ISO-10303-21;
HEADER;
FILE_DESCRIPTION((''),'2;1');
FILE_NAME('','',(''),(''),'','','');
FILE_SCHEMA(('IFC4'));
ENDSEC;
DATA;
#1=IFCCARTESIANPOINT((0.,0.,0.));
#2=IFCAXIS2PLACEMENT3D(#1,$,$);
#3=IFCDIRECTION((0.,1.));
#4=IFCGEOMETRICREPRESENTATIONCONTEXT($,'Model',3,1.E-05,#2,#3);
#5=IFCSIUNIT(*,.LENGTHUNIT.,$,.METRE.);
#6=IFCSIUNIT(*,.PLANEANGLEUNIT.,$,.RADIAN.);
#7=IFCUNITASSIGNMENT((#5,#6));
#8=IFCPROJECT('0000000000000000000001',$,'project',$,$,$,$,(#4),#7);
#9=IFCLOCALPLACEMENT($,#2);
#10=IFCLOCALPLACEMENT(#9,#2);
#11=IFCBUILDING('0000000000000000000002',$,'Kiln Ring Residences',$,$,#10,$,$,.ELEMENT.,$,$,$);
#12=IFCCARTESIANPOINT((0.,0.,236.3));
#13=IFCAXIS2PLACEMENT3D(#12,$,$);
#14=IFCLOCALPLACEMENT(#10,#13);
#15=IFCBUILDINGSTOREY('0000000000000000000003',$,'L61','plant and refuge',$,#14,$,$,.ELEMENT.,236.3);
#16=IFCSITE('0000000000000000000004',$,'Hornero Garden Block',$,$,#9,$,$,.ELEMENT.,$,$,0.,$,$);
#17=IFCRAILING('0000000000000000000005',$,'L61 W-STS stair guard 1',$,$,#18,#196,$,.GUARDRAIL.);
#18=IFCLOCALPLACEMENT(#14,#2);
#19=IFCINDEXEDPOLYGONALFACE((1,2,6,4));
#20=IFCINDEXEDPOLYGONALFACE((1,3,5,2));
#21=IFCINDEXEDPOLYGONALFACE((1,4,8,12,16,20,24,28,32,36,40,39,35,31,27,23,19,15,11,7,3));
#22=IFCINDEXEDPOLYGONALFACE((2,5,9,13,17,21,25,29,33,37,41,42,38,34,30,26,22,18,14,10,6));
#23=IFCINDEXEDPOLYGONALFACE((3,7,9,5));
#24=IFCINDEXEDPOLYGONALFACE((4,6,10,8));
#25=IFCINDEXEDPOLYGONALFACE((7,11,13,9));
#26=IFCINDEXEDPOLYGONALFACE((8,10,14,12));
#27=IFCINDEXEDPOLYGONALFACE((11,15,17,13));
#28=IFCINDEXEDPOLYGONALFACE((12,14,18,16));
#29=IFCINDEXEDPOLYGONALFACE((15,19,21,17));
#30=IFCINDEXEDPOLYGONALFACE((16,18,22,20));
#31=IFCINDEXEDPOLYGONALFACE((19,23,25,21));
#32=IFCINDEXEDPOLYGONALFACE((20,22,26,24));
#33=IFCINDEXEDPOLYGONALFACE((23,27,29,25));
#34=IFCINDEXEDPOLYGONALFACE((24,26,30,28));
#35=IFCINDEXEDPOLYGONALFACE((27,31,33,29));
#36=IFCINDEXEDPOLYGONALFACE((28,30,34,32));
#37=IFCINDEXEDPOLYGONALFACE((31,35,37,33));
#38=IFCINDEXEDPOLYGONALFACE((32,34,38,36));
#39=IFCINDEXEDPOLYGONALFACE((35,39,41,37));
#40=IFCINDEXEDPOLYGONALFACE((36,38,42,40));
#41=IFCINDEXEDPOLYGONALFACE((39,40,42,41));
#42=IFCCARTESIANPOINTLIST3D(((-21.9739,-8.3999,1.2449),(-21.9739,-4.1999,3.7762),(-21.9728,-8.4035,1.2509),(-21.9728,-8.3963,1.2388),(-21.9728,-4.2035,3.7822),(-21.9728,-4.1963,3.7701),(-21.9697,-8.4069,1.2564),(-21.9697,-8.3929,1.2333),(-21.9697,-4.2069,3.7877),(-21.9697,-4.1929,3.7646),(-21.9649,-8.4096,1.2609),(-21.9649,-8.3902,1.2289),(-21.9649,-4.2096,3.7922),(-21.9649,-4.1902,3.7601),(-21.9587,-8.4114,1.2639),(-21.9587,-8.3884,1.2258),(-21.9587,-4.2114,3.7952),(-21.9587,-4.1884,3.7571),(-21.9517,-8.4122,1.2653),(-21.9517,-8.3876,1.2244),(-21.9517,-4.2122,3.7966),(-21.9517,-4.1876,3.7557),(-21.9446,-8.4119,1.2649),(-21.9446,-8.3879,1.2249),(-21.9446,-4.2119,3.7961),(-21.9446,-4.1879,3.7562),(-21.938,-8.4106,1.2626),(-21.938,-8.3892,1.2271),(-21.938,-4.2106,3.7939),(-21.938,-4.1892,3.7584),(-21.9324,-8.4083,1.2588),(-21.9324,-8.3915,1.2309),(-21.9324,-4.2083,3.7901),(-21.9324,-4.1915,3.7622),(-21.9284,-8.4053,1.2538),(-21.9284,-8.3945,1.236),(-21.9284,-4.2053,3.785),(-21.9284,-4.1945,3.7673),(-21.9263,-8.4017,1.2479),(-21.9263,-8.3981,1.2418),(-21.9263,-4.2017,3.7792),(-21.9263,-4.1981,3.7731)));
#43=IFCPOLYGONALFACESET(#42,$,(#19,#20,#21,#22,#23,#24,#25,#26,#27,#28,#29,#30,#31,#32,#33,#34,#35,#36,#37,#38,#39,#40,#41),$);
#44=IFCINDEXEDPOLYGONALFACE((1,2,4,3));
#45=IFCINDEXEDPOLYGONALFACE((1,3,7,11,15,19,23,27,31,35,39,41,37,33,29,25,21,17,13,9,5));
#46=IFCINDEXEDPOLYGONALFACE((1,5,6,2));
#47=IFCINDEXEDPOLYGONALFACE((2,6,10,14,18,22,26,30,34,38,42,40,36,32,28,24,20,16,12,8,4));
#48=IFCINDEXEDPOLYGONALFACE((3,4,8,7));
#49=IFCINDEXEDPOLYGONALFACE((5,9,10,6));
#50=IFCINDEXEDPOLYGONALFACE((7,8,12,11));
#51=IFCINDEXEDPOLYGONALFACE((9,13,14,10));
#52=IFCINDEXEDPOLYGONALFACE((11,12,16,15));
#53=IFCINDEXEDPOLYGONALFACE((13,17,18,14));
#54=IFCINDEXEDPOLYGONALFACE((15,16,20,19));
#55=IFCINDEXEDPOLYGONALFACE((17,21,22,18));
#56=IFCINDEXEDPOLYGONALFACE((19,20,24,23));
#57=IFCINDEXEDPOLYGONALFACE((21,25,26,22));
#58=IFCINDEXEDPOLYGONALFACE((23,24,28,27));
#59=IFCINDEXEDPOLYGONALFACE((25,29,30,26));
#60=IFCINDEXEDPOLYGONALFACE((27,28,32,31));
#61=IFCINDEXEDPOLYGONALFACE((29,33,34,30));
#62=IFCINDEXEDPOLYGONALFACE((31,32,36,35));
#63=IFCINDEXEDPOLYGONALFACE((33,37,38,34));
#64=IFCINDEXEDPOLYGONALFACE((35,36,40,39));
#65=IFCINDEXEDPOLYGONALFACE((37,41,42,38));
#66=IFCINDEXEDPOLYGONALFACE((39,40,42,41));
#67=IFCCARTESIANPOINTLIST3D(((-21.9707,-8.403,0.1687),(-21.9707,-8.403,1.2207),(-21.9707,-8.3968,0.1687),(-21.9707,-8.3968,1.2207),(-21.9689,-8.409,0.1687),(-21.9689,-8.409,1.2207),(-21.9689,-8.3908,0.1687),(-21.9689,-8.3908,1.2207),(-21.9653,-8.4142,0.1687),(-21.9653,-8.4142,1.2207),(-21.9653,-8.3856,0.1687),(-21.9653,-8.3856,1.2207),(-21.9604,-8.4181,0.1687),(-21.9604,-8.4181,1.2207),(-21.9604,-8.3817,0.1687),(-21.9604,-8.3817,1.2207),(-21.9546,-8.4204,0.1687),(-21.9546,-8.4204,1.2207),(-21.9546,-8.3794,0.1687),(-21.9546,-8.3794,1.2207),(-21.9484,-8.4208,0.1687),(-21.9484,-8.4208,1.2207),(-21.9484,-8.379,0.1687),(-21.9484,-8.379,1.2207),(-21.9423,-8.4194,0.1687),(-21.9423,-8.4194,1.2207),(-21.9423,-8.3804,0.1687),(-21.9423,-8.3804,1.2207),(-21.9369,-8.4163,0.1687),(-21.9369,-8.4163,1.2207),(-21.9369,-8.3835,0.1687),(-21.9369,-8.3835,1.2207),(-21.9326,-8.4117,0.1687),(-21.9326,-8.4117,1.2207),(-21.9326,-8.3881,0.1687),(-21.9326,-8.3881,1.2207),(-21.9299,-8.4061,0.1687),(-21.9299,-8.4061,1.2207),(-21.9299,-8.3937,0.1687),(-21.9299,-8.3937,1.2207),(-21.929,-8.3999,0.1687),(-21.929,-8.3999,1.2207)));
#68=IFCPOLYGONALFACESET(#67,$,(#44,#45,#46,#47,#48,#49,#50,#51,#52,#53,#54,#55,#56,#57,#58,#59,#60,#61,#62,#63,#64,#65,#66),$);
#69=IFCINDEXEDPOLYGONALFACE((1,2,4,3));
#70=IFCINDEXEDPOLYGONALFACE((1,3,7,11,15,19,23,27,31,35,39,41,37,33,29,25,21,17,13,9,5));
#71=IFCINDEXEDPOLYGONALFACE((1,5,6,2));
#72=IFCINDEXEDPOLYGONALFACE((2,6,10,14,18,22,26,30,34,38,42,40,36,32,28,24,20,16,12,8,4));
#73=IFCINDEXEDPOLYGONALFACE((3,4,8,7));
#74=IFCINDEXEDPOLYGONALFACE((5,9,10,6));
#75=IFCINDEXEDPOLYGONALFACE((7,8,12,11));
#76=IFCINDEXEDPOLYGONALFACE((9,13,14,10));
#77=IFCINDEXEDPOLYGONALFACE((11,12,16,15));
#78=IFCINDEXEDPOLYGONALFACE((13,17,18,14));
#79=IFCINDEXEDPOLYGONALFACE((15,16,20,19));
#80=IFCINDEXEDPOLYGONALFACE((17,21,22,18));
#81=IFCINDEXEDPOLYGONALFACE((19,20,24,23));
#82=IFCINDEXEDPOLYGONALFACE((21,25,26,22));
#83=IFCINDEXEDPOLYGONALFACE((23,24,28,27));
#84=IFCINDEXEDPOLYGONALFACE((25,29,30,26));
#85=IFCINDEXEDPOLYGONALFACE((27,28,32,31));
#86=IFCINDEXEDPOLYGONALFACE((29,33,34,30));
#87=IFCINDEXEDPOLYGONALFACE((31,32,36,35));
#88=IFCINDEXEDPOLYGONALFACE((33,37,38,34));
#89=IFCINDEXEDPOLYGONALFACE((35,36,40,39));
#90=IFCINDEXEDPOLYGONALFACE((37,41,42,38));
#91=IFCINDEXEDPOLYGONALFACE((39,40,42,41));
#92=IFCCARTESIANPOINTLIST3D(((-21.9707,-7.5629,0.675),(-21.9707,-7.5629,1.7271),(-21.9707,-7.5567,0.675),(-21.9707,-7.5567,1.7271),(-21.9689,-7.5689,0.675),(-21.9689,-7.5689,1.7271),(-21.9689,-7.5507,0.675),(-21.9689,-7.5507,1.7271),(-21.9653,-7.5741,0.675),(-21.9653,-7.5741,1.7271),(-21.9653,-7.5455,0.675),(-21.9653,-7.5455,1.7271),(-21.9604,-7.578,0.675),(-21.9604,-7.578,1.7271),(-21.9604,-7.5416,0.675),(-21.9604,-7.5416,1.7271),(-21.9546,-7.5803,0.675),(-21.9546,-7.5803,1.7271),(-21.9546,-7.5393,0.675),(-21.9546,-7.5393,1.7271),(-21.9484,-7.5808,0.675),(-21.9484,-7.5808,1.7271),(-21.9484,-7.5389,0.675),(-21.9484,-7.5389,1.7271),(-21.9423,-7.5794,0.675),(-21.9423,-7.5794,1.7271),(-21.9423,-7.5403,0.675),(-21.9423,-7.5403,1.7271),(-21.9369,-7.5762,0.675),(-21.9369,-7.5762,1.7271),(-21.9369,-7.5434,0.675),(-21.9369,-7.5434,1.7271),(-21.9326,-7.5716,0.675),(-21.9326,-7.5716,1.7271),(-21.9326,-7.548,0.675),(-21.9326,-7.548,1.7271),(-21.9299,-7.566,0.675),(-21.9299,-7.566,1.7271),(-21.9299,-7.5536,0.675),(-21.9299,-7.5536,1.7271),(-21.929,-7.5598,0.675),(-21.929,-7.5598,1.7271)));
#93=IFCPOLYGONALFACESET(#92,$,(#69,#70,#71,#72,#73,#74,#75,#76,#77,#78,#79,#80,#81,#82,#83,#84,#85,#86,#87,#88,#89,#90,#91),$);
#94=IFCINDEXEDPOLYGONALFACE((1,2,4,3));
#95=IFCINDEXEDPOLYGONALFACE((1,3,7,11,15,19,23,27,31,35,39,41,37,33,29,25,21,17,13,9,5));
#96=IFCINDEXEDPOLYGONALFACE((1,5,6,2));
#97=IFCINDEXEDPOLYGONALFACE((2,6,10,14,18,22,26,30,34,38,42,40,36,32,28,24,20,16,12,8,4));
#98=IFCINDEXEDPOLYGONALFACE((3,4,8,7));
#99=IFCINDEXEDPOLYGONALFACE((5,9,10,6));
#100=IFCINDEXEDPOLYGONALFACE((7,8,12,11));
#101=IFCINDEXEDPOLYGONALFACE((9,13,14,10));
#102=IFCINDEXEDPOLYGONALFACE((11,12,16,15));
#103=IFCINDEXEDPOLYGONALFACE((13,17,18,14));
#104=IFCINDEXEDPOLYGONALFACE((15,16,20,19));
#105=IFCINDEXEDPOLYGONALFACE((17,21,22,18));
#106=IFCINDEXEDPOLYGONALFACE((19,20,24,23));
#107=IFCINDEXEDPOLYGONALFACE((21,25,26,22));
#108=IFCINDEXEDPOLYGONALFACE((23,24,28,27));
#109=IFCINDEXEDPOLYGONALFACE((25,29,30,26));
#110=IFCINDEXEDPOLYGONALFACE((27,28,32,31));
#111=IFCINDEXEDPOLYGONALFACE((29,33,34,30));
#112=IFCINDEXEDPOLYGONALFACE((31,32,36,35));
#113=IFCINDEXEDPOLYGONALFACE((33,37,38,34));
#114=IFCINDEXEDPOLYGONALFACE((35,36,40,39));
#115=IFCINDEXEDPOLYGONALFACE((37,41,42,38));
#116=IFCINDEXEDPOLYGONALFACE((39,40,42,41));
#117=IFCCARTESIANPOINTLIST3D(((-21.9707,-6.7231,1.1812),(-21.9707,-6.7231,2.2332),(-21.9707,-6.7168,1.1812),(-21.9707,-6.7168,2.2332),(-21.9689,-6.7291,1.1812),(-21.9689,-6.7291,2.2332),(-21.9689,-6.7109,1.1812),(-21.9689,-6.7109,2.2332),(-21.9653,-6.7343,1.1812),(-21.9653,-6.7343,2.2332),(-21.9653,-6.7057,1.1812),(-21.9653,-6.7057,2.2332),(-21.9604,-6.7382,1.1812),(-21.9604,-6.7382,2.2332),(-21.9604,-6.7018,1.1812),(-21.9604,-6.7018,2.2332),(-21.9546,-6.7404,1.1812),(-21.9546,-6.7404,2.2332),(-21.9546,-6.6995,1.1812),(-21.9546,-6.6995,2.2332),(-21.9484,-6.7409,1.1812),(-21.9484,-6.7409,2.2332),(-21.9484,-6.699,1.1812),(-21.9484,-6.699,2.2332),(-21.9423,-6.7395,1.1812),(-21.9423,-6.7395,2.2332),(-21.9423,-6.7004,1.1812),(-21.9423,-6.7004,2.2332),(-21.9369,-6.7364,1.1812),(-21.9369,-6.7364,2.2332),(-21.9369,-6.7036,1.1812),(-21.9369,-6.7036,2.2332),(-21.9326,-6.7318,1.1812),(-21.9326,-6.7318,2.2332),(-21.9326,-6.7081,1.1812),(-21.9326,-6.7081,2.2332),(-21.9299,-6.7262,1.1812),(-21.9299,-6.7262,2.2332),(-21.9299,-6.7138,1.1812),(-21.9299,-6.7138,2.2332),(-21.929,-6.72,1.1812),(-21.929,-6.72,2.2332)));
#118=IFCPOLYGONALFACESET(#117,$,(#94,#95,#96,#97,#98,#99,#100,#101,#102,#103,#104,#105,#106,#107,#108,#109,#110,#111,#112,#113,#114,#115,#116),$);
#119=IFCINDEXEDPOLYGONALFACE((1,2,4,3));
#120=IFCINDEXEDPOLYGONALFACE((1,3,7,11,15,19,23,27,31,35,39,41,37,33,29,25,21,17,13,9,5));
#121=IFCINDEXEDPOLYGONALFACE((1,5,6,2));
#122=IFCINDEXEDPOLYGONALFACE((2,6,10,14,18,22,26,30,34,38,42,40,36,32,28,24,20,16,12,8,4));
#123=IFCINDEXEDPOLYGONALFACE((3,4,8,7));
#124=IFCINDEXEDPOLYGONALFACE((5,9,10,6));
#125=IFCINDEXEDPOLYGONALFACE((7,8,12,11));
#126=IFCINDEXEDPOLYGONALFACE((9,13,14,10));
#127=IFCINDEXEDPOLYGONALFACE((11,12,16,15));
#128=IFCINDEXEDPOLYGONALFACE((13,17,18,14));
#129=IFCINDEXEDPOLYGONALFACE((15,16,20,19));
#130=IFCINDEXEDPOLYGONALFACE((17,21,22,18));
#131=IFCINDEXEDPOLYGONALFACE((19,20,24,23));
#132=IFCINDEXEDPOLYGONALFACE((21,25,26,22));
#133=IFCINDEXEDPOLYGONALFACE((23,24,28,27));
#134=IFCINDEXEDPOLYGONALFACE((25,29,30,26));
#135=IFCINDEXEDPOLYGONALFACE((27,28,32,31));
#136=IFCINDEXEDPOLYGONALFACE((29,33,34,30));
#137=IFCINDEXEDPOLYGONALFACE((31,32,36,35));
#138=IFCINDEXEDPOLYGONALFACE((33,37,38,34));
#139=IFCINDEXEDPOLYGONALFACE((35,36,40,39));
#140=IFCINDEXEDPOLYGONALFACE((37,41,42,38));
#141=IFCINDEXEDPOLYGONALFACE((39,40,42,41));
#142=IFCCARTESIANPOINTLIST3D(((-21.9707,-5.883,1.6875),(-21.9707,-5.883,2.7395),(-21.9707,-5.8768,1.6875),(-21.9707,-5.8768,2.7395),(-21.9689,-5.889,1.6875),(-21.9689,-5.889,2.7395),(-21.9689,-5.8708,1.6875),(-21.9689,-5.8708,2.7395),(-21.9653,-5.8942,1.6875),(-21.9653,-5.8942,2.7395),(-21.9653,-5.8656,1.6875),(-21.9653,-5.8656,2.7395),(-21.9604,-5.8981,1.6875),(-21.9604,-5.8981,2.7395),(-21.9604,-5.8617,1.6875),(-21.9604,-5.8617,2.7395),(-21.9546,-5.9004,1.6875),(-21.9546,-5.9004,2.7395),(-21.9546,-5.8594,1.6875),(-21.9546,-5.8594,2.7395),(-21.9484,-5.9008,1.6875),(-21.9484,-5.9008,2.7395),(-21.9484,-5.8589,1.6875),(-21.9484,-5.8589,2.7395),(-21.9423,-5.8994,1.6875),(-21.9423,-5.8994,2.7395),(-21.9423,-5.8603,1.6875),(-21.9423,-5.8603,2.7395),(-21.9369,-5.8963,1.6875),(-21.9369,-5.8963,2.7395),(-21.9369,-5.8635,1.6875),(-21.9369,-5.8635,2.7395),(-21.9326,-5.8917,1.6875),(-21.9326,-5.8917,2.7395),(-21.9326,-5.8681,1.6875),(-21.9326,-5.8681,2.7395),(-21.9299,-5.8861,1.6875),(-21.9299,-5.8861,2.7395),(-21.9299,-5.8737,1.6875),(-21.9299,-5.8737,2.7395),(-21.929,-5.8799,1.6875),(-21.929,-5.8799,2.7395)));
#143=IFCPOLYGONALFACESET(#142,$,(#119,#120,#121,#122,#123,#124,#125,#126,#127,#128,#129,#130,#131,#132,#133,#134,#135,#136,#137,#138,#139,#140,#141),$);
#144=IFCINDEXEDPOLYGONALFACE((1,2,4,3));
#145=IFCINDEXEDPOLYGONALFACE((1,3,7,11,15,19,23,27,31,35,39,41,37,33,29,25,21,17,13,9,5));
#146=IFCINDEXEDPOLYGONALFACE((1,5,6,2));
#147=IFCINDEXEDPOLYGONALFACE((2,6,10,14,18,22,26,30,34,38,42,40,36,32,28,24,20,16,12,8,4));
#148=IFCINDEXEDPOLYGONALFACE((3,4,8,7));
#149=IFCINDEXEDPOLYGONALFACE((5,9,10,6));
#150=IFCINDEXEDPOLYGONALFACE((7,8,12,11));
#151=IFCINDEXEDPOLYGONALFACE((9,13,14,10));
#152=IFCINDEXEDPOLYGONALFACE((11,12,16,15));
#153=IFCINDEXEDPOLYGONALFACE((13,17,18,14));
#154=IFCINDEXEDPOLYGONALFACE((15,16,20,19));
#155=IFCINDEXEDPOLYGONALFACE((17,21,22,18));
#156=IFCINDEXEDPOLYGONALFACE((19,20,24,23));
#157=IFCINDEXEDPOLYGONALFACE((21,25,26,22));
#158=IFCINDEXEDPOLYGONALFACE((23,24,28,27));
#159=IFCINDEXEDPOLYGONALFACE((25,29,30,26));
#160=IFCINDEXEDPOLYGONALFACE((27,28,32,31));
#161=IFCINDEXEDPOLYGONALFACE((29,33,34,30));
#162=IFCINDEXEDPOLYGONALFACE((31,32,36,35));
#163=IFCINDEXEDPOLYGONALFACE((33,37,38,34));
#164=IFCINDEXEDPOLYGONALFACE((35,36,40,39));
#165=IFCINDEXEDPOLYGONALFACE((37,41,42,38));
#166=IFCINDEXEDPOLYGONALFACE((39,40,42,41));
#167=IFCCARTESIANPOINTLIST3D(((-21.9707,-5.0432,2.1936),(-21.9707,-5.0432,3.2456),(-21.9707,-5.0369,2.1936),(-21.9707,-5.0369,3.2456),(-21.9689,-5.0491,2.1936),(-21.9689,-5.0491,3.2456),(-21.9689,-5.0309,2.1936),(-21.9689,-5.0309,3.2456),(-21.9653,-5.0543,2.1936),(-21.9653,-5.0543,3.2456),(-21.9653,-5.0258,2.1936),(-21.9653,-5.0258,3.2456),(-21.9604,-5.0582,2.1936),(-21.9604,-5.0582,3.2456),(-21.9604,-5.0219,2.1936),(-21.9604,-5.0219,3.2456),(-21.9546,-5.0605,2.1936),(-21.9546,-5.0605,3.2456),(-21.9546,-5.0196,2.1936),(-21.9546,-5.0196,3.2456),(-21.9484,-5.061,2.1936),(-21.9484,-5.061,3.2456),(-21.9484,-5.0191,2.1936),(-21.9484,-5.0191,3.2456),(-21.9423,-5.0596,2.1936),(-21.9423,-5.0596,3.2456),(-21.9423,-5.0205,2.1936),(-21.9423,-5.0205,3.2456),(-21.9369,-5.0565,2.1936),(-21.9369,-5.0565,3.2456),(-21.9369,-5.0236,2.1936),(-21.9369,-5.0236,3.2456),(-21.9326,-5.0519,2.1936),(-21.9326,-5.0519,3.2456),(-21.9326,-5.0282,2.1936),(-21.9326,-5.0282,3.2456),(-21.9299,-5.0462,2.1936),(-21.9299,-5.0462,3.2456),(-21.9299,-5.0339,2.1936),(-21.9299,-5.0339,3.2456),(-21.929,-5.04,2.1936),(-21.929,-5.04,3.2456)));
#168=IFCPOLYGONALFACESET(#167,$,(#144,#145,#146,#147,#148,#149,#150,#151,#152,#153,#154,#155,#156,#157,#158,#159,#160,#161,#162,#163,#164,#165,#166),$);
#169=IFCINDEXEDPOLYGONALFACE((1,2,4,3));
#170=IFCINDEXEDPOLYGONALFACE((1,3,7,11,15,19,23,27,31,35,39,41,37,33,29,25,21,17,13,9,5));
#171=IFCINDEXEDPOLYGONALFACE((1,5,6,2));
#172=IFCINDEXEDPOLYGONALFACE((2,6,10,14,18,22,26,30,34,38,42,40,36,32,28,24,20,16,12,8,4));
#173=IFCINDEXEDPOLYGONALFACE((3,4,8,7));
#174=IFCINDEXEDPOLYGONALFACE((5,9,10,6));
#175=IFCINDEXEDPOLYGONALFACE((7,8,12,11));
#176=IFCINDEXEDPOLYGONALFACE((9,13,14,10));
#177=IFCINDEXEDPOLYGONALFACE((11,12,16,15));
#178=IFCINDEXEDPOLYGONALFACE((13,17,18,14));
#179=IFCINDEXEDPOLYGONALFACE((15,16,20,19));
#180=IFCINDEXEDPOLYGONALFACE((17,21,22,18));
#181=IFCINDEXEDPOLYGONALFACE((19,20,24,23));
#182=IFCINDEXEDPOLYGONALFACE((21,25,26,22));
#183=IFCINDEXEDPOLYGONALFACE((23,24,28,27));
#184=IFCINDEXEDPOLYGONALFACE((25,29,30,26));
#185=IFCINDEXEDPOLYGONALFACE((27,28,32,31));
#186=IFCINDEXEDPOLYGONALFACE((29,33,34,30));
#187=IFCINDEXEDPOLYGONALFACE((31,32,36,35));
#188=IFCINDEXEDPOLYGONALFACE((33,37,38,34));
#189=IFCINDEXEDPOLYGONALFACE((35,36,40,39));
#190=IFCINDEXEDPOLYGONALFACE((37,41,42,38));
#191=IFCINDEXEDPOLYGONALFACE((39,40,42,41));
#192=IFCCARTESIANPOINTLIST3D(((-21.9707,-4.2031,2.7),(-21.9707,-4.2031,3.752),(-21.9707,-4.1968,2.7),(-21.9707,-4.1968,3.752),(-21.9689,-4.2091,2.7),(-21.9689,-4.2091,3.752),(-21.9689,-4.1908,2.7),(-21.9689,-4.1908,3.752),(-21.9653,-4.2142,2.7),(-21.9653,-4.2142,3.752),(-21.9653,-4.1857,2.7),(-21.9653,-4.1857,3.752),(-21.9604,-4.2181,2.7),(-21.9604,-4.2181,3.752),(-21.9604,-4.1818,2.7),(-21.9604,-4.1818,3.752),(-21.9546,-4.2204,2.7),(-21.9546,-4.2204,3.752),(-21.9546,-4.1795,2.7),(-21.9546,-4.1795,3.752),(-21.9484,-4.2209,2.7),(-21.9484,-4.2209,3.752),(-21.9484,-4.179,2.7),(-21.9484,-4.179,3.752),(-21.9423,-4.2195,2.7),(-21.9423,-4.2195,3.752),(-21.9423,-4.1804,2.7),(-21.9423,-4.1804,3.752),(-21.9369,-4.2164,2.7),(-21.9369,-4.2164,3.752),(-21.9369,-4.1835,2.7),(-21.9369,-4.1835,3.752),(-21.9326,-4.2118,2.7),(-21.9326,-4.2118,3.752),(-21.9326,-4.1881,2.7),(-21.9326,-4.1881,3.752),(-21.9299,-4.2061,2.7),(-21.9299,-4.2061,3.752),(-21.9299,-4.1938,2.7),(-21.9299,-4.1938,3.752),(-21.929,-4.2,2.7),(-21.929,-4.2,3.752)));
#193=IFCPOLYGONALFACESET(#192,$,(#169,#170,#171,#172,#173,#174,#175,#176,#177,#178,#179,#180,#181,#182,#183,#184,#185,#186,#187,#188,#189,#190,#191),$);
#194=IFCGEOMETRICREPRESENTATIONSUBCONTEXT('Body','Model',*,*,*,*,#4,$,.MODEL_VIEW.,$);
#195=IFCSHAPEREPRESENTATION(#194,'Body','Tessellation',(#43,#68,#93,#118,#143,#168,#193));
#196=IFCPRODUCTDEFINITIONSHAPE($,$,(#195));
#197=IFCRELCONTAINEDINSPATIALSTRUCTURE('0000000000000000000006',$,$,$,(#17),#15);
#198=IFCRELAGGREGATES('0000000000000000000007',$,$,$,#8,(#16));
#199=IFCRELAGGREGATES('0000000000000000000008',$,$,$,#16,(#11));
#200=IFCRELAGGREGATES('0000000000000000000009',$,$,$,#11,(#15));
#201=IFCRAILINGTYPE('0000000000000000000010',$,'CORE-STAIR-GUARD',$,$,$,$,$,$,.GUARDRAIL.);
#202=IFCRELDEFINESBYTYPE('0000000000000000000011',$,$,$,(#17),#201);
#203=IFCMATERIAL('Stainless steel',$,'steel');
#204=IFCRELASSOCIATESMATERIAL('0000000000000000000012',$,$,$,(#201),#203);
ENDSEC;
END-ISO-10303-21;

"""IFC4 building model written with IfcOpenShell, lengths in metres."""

from ifc_helpers import new_model, si_unit, direction, frame, origin, origin_2d, place, context, subcontext, project, spatial, circle, extrude, material, type_object, element, save


model = new_model("IFC4")

# Units and contexts
model_context = context("Model", 3, precision=1e-05, world=origin(), true_north=direction((0.0, 1.0)))
body_context = subcontext(model_context, "Body", "Model", "MODEL_VIEW")
ifc_project = project(units=[si_unit("LENGTHUNIT", "METRE"), si_unit("PLANEANGLEUNIT", "RADIAN")], contexts=[model_context])

# Site, building, storey
site_placement = place(None, origin())
site = spatial("IfcSite", under=ifc_project, at=site_placement, Name="Hornero Garden Block", CompositionType="ELEMENT", RefElevation=0.0)
building_placement = place(site_placement, origin())
building = spatial("IfcBuilding", under=site, at=building_placement, Name="Kiln Ring Residences", CompositionType="ELEMENT")
storey_placement = place(building_placement, frame((0.0, 0.0, 236.3)))
storey = spatial("IfcBuildingStorey", under=building, at=storey_placement, Name="L61", Description="plant and refuge", CompositionType="ELEMENT", Elevation=236.3)

# Railing
ifc_material_1 = material(Name="Stainless steel", Category="steel")
railing_type_1 = type_object("IfcRailingType", Name="CORE-STAIR-GUARD", PredefinedType="GUARDRAIL", material=ifc_material_1)
railing_1_placement = place(storey_placement, frame((-21.95, -8.3999, 0.1687)))
element("IfcRailing", 1, at=railing_1_placement, inside=storey, type_object=railing_type_1, Name="L61 W-STS stair guard 1", PredefinedType="GUARDRAIL", context=body_context, shape_type="SweptSolid", body=[
    extrude(circle(Radius=0.0239, at=origin_2d()), frame((0.0, 0.0, 1.0762), z_axis=(0.0, 0.856476, 0.516186), x_axis=(-1.0, 0.0, 0.0)), (0.0, 0.0, 1.0), 4.9038),
    extrude(circle(Radius=0.021, at=origin_2d()), origin(), (0.0, 0.0, 1.0), 1.052),
    extrude(circle(Radius=0.021, at=origin_2d()), frame((0.0, 0.8401, 0.5063)), (0.0, 0.0, 1.0), 1.052),
    extrude(circle(Radius=0.021, at=origin_2d()), frame((0.0, 1.6799, 1.0125)), (0.0, 0.0, 1.0), 1.052),
    extrude(circle(Radius=0.021, at=origin_2d()), frame((0.0, 2.52, 1.5188)), (0.0, 0.0, 1.0), 1.052),
    extrude(circle(Radius=0.021, at=origin_2d()), frame((0.0, 3.3599, 2.0249)), (0.0, 0.0, 1.0), 1.052),
    extrude(circle(Radius=0.021, at=origin_2d()), frame((0.0, 4.2, 2.5312)), (0.0, 0.0, 1.0), 1.052),
])

save(model, "model.ifc")
